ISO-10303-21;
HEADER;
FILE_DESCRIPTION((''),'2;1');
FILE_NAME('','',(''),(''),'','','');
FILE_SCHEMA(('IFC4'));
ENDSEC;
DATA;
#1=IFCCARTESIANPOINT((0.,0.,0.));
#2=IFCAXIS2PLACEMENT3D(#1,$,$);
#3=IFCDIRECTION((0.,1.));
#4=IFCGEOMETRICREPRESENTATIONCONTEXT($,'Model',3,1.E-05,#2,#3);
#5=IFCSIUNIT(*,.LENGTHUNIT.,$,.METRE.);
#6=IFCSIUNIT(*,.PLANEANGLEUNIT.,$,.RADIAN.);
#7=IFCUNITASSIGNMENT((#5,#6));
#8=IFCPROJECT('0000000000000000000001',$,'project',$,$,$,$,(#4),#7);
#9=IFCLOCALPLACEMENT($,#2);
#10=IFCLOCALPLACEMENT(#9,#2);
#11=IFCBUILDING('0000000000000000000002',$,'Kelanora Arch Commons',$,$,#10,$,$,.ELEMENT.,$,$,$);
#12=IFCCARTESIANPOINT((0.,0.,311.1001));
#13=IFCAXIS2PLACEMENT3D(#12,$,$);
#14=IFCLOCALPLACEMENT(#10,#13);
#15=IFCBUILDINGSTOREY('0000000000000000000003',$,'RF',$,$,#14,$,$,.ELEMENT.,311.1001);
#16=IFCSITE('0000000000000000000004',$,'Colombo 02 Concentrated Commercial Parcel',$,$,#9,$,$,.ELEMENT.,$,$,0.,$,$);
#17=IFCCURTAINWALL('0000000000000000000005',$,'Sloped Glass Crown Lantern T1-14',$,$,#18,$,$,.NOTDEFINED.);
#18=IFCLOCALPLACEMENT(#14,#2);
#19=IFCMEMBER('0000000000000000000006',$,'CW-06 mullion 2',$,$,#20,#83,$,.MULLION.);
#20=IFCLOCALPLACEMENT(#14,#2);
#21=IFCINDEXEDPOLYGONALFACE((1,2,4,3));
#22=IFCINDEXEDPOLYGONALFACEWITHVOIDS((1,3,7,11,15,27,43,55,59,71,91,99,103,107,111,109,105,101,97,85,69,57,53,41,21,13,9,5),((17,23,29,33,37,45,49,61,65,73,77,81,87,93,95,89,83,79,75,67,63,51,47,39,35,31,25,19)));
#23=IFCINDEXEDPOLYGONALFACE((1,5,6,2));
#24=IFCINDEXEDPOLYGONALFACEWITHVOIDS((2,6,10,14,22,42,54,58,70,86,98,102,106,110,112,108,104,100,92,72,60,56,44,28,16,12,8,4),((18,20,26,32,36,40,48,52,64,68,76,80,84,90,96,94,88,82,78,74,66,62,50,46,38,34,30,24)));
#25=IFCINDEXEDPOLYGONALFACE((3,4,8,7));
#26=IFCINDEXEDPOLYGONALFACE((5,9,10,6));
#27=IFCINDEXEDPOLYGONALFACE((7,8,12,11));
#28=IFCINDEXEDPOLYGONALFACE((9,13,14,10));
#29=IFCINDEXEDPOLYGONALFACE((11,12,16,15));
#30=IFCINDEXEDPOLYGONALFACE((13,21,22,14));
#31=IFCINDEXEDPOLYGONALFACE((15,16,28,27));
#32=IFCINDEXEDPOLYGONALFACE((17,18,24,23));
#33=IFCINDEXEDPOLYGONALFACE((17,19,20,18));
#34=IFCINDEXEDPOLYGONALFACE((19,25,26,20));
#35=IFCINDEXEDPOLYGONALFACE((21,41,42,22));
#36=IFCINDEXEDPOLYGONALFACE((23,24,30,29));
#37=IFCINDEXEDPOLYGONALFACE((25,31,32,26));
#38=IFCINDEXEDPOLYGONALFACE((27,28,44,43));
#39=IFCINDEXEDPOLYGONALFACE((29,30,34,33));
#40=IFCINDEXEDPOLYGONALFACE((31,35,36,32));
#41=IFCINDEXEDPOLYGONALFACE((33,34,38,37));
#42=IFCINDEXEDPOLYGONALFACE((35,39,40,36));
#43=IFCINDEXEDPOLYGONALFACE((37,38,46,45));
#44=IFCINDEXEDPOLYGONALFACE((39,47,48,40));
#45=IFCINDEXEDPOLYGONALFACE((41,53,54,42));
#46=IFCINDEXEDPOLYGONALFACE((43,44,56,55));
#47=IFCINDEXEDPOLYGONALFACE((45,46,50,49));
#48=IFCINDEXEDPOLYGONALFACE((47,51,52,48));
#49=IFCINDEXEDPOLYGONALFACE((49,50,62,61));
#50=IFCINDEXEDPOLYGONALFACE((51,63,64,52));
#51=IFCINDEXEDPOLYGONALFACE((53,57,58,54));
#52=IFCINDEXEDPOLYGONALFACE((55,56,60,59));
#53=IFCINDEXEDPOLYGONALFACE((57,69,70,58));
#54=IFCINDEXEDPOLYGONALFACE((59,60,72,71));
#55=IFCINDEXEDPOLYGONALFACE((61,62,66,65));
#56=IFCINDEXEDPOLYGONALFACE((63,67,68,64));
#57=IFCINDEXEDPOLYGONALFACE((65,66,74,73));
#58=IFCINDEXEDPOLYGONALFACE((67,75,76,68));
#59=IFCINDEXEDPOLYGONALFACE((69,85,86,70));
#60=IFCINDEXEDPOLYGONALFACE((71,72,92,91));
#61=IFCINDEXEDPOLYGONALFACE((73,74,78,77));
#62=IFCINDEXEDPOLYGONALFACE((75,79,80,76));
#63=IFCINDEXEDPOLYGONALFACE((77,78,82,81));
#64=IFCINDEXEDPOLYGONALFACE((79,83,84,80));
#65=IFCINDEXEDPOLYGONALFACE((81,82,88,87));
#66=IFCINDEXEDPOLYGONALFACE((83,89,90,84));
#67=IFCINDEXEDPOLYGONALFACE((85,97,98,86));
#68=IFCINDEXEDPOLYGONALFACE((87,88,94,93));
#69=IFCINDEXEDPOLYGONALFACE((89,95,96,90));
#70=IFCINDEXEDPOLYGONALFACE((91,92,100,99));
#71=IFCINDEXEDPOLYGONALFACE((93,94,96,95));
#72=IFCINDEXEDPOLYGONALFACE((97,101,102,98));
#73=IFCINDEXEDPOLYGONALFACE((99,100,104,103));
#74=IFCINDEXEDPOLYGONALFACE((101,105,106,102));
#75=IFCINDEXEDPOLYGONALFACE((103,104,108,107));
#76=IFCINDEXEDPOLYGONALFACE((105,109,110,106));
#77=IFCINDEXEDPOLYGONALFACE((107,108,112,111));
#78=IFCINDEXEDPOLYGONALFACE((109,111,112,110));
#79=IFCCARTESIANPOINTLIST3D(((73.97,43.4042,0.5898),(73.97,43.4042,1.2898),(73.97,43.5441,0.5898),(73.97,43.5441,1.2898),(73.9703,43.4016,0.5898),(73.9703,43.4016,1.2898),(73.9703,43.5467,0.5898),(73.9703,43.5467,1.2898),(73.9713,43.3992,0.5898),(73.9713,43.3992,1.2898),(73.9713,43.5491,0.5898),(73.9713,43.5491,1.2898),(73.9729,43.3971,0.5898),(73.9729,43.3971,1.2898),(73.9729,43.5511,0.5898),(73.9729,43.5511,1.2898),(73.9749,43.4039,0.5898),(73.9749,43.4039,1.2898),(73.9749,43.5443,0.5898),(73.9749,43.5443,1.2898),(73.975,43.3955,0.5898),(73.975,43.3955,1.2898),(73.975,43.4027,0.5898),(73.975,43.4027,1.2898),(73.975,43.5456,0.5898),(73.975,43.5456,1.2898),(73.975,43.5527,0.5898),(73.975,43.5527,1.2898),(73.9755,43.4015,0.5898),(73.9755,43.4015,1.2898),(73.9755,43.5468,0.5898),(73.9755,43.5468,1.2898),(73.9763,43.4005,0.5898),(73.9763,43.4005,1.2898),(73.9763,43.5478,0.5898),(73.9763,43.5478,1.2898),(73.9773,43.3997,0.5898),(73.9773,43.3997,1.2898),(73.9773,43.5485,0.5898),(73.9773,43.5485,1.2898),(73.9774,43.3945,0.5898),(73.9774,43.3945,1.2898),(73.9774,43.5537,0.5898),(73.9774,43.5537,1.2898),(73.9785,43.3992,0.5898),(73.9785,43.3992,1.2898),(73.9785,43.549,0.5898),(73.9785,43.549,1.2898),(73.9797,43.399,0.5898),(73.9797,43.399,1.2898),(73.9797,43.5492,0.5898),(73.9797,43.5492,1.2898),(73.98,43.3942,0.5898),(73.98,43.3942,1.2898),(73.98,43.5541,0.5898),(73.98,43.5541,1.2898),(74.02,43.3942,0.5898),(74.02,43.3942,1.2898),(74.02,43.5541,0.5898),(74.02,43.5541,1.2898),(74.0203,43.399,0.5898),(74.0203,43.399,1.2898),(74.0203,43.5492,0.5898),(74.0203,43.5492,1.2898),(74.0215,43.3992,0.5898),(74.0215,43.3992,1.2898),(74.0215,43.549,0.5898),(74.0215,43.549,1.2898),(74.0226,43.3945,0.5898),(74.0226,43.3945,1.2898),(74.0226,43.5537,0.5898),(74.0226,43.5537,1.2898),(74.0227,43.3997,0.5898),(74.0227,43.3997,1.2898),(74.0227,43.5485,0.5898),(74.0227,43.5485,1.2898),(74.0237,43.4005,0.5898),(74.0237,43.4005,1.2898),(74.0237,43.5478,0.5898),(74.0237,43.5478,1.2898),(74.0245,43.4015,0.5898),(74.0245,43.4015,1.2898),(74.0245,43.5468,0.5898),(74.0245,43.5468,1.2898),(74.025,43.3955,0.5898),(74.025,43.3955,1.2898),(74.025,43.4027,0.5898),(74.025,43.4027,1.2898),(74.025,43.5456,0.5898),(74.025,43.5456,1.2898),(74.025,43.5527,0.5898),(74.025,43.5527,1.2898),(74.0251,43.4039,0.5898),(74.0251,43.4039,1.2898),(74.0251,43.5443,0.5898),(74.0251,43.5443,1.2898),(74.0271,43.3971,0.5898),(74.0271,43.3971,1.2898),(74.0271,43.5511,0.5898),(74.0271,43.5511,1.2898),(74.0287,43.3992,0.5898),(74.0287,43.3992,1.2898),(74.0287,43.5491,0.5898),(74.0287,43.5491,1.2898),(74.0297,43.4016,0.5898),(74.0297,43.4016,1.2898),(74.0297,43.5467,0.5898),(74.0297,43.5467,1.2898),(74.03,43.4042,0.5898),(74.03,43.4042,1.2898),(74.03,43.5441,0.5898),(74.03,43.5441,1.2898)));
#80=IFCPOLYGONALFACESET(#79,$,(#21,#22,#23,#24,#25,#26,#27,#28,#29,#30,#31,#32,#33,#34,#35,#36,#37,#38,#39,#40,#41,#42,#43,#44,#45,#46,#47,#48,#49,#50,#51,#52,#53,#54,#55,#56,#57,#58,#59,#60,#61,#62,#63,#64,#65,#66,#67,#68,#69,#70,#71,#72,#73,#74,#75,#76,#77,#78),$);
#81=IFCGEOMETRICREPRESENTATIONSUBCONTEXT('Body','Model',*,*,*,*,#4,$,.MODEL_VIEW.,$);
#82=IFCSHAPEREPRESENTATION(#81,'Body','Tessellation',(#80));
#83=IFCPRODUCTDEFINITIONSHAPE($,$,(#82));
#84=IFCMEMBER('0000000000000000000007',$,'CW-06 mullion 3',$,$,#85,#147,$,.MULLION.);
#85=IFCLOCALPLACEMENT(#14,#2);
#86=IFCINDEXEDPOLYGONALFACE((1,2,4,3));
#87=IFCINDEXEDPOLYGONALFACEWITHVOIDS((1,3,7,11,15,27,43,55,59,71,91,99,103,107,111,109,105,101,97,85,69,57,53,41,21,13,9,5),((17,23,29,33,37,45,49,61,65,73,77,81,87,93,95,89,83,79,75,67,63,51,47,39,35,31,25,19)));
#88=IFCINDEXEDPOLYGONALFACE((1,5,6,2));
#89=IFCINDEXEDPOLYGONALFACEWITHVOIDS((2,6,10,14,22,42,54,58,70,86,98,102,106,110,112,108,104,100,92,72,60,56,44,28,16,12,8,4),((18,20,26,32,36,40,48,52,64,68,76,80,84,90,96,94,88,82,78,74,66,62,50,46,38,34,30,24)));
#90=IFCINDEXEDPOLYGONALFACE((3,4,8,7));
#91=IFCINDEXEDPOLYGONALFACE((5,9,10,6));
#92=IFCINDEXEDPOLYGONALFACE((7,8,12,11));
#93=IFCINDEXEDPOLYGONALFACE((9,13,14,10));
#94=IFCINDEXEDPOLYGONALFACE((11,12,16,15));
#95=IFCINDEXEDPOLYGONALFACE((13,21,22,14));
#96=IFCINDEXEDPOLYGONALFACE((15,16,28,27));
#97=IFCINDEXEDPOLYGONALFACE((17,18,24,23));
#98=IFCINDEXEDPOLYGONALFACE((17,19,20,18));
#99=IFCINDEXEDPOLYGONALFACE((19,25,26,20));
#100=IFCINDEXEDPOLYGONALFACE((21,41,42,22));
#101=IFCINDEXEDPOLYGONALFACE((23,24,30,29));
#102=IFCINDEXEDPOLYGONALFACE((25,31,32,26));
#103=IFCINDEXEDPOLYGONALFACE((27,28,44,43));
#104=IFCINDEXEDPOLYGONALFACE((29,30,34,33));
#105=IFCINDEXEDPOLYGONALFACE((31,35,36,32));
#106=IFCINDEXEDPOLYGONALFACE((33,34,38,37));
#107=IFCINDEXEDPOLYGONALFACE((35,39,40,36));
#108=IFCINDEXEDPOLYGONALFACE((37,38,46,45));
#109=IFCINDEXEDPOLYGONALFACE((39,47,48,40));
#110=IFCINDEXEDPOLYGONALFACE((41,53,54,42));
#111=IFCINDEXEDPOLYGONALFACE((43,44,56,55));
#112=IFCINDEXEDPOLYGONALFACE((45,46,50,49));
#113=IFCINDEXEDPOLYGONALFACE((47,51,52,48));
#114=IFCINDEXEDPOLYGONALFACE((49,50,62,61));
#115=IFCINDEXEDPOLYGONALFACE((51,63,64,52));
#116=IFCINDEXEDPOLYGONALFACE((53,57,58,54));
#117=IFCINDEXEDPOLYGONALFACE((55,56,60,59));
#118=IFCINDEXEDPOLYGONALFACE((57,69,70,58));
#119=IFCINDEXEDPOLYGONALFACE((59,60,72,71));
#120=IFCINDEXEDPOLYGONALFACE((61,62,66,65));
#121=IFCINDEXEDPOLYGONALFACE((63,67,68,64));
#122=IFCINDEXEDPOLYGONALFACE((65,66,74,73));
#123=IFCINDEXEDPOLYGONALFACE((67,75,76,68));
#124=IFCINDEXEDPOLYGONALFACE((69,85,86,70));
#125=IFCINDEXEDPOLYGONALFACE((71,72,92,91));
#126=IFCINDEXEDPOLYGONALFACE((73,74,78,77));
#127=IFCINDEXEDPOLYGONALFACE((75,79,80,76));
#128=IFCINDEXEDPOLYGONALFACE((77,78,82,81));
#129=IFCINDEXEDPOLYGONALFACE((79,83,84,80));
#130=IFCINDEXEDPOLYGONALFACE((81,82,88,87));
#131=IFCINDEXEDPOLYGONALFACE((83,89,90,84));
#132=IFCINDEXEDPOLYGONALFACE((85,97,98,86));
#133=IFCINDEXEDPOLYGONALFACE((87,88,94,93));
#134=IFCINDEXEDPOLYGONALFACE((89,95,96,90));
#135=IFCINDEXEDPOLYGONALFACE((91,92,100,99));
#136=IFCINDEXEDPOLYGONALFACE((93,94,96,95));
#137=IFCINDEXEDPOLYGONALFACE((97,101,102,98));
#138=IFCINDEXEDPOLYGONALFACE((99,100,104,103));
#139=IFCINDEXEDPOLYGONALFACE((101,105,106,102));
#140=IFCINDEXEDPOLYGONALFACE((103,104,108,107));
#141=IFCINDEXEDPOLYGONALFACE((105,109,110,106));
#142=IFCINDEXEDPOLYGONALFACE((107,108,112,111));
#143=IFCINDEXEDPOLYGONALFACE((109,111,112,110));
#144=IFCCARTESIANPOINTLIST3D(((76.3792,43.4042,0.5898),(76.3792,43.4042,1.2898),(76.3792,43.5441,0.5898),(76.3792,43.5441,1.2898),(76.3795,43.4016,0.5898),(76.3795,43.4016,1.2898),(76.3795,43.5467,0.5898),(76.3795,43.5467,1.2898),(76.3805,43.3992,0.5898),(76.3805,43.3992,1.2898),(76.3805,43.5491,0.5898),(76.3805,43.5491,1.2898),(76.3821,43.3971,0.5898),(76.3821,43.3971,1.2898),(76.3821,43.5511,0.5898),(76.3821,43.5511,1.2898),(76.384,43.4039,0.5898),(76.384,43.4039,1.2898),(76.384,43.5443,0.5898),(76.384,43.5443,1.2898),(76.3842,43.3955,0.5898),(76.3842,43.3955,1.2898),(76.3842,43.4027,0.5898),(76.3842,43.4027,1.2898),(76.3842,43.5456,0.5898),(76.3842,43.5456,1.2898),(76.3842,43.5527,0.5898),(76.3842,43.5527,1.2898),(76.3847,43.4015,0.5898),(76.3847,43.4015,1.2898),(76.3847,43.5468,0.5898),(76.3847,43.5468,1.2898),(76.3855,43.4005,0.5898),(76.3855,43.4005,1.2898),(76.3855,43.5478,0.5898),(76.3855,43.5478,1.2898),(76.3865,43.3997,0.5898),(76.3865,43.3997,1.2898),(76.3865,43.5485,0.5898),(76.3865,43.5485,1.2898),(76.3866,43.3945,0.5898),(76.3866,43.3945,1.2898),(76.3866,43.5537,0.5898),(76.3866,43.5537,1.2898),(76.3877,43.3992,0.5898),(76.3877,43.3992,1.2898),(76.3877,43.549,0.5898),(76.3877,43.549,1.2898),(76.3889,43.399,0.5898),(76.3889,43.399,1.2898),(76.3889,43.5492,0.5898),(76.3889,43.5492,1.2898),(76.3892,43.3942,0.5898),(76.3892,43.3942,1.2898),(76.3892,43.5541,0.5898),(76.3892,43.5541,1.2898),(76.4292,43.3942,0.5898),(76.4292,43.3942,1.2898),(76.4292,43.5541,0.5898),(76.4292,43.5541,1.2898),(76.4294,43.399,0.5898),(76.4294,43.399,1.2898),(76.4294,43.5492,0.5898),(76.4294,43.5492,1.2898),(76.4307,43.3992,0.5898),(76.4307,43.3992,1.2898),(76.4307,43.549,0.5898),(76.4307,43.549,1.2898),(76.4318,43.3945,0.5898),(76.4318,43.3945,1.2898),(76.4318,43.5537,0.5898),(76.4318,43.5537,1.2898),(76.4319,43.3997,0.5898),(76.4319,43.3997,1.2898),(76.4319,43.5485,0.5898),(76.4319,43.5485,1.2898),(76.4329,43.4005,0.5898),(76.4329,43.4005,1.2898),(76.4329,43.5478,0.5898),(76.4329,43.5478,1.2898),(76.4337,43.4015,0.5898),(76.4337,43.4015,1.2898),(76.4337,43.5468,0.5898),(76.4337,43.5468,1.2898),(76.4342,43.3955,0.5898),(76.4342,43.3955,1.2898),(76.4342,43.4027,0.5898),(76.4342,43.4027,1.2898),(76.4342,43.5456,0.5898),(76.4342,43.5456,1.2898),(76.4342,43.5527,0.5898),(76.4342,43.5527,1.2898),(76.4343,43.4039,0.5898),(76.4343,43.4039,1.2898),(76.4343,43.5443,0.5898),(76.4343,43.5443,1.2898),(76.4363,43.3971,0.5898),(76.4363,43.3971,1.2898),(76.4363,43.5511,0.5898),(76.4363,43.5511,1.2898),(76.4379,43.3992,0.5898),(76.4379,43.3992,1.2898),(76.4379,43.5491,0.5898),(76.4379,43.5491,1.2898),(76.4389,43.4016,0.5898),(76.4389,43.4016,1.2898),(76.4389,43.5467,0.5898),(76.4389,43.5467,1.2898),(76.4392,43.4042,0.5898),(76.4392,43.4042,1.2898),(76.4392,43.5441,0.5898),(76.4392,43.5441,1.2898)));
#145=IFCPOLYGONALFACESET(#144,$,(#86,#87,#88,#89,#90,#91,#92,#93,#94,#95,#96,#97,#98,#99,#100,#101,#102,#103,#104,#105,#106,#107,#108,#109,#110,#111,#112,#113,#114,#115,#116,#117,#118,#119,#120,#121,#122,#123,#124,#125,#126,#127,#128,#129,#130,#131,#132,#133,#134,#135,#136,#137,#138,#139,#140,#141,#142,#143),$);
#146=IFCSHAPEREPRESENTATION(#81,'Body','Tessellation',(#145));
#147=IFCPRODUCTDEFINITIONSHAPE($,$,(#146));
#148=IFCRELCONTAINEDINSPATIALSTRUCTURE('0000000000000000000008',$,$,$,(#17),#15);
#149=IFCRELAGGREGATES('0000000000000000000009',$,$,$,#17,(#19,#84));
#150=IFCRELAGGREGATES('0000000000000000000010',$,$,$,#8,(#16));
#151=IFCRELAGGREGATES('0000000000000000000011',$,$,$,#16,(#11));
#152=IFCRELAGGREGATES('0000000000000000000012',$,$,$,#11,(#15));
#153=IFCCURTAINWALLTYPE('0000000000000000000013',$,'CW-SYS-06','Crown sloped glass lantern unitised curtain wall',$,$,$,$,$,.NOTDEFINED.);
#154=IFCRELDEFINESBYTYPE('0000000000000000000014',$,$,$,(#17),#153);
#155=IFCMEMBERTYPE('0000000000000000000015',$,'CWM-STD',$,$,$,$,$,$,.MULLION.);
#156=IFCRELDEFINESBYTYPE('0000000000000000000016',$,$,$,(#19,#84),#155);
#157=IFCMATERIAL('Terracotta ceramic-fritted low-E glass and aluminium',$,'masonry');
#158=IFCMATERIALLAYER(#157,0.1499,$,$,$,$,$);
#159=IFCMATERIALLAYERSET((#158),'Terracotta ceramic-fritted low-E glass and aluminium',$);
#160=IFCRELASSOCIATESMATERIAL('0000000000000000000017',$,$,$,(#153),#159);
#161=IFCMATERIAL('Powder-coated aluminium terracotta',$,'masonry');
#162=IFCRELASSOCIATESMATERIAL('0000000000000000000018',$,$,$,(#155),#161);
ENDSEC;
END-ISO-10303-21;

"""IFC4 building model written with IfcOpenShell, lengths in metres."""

from ifc_helpers import new_model, si_unit, direction, frame, origin, origin_2d, place, context, subcontext, project, spatial, hollow_rectangle, extrude, material, layer, layer_set, material_profile, profile_set, type_object, element, aggregate, save


model = new_model("IFC4")

# Units and contexts
model_context = context("Model", 3, precision=1e-05, world=origin(), true_north=direction((0.0, 1.0)))
body_context = subcontext(model_context, "Body", "Model", "MODEL_VIEW")
ifc_project = project(units=[si_unit("LENGTHUNIT", "METRE"), si_unit("PLANEANGLEUNIT", "RADIAN")], contexts=[model_context])

# Site, building, storey
site_placement = place(None, origin())
site = spatial("IfcSite", under=ifc_project, at=site_placement, Name="Colombo 02 Concentrated Commercial Parcel", CompositionType="ELEMENT", RefElevation=0.0)
building_placement = place(site_placement, origin())
building = spatial("IfcBuilding", under=site, at=building_placement, Name="Kelanora Arch Commons", CompositionType="ELEMENT")
storey_placement = place(building_placement, frame((0.0, 0.0, 311.1001)))
storey = spatial("IfcBuildingStorey", under=building, at=storey_placement, Name="RF", CompositionType="ELEMENT", Elevation=311.1001)

# Curtain wall, members
ifc_material_1 = material(Name="Terracotta ceramic-fritted low-E glass and aluminium", Category="masonry")
ifc_layer_1 = layer(ifc_material_1, 0.1499)
ifc_layer_set_1 = layer_set([ifc_layer_1], Name="Terracotta ceramic-fritted low-E glass and aluminium")
curtain_wall_type = type_object("IfcCurtainWallType", Name="CW-SYS-06", Description="Crown sloped glass lantern unitised curtain wall", PredefinedType="NOTDEFINED", material=ifc_layer_set_1)
curtain_wall_1_placement = place(storey_placement, origin())
curtain_wall_1 = element("IfcCurtainWall", 1, at=curtain_wall_1_placement, inside=storey, type_object=curtain_wall_type, Name="Sloped Glass Crown Lantern T1-14", PredefinedType="NOTDEFINED")
ifc_material_2 = material(Name="Powder-coated aluminium terracotta", Category="masonry")
ifc_material_profile_1 = material_profile(ifc_material_2, hollow_rectangle(XDim=0.1599, YDim=0.0601, WallThickness=0.0049, InnerFilletRadius=0.0049, OuterFilletRadius=0.01, at=origin_2d()), Name="CWM160x60")
ifc_profile_set_1 = profile_set([ifc_material_profile_1], Name="Powder-coated aluminium terracotta")
member_type_1 = type_object("IfcMemberType", Name="CWM-STD", PredefinedType="MULLION", material=ifc_profile_set_1)
member_1_placement = place(storey_placement, frame((74.0, 43.4741, 0.5898), z_axis=(0.0, 0.0, 1.0), x_axis=(0.0, 1.0, 0.0)))
member_1 = element("IfcMember", 2, at=member_1_placement, type_object=member_type_1, Name="CW-06 mullion 2", PredefinedType="MULLION", context=body_context, shape_type="SweptSolid", body=[
    extrude(hollow_rectangle(XDim=0.1599, YDim=0.0601, WallThickness=0.0049, InnerFilletRadius=0.0049, OuterFilletRadius=0.01, at=origin_2d()), origin(), (0.0, 0.0, 1.0), 0.7),
])
member_2_placement = place(storey_placement, frame((76.4092, 43.4741, 0.5898), z_axis=(0.0, 0.0, 1.0), x_axis=(0.0, 1.0, 0.0)))
member_2 = element("IfcMember", 3, at=member_2_placement, type_object=member_type_1, Name="CW-06 mullion 3", PredefinedType="MULLION", context=body_context, shape_type="SweptSolid", body=[
    extrude(hollow_rectangle(XDim=0.1599, YDim=0.0601, WallThickness=0.0049, InnerFilletRadius=0.0049, OuterFilletRadius=0.01, at=origin_2d()), origin(), (0.0, 0.0, 1.0), 0.7),
])

aggregate(curtain_wall_1, [member_1, member_2])

save(model, "model.ifc")
